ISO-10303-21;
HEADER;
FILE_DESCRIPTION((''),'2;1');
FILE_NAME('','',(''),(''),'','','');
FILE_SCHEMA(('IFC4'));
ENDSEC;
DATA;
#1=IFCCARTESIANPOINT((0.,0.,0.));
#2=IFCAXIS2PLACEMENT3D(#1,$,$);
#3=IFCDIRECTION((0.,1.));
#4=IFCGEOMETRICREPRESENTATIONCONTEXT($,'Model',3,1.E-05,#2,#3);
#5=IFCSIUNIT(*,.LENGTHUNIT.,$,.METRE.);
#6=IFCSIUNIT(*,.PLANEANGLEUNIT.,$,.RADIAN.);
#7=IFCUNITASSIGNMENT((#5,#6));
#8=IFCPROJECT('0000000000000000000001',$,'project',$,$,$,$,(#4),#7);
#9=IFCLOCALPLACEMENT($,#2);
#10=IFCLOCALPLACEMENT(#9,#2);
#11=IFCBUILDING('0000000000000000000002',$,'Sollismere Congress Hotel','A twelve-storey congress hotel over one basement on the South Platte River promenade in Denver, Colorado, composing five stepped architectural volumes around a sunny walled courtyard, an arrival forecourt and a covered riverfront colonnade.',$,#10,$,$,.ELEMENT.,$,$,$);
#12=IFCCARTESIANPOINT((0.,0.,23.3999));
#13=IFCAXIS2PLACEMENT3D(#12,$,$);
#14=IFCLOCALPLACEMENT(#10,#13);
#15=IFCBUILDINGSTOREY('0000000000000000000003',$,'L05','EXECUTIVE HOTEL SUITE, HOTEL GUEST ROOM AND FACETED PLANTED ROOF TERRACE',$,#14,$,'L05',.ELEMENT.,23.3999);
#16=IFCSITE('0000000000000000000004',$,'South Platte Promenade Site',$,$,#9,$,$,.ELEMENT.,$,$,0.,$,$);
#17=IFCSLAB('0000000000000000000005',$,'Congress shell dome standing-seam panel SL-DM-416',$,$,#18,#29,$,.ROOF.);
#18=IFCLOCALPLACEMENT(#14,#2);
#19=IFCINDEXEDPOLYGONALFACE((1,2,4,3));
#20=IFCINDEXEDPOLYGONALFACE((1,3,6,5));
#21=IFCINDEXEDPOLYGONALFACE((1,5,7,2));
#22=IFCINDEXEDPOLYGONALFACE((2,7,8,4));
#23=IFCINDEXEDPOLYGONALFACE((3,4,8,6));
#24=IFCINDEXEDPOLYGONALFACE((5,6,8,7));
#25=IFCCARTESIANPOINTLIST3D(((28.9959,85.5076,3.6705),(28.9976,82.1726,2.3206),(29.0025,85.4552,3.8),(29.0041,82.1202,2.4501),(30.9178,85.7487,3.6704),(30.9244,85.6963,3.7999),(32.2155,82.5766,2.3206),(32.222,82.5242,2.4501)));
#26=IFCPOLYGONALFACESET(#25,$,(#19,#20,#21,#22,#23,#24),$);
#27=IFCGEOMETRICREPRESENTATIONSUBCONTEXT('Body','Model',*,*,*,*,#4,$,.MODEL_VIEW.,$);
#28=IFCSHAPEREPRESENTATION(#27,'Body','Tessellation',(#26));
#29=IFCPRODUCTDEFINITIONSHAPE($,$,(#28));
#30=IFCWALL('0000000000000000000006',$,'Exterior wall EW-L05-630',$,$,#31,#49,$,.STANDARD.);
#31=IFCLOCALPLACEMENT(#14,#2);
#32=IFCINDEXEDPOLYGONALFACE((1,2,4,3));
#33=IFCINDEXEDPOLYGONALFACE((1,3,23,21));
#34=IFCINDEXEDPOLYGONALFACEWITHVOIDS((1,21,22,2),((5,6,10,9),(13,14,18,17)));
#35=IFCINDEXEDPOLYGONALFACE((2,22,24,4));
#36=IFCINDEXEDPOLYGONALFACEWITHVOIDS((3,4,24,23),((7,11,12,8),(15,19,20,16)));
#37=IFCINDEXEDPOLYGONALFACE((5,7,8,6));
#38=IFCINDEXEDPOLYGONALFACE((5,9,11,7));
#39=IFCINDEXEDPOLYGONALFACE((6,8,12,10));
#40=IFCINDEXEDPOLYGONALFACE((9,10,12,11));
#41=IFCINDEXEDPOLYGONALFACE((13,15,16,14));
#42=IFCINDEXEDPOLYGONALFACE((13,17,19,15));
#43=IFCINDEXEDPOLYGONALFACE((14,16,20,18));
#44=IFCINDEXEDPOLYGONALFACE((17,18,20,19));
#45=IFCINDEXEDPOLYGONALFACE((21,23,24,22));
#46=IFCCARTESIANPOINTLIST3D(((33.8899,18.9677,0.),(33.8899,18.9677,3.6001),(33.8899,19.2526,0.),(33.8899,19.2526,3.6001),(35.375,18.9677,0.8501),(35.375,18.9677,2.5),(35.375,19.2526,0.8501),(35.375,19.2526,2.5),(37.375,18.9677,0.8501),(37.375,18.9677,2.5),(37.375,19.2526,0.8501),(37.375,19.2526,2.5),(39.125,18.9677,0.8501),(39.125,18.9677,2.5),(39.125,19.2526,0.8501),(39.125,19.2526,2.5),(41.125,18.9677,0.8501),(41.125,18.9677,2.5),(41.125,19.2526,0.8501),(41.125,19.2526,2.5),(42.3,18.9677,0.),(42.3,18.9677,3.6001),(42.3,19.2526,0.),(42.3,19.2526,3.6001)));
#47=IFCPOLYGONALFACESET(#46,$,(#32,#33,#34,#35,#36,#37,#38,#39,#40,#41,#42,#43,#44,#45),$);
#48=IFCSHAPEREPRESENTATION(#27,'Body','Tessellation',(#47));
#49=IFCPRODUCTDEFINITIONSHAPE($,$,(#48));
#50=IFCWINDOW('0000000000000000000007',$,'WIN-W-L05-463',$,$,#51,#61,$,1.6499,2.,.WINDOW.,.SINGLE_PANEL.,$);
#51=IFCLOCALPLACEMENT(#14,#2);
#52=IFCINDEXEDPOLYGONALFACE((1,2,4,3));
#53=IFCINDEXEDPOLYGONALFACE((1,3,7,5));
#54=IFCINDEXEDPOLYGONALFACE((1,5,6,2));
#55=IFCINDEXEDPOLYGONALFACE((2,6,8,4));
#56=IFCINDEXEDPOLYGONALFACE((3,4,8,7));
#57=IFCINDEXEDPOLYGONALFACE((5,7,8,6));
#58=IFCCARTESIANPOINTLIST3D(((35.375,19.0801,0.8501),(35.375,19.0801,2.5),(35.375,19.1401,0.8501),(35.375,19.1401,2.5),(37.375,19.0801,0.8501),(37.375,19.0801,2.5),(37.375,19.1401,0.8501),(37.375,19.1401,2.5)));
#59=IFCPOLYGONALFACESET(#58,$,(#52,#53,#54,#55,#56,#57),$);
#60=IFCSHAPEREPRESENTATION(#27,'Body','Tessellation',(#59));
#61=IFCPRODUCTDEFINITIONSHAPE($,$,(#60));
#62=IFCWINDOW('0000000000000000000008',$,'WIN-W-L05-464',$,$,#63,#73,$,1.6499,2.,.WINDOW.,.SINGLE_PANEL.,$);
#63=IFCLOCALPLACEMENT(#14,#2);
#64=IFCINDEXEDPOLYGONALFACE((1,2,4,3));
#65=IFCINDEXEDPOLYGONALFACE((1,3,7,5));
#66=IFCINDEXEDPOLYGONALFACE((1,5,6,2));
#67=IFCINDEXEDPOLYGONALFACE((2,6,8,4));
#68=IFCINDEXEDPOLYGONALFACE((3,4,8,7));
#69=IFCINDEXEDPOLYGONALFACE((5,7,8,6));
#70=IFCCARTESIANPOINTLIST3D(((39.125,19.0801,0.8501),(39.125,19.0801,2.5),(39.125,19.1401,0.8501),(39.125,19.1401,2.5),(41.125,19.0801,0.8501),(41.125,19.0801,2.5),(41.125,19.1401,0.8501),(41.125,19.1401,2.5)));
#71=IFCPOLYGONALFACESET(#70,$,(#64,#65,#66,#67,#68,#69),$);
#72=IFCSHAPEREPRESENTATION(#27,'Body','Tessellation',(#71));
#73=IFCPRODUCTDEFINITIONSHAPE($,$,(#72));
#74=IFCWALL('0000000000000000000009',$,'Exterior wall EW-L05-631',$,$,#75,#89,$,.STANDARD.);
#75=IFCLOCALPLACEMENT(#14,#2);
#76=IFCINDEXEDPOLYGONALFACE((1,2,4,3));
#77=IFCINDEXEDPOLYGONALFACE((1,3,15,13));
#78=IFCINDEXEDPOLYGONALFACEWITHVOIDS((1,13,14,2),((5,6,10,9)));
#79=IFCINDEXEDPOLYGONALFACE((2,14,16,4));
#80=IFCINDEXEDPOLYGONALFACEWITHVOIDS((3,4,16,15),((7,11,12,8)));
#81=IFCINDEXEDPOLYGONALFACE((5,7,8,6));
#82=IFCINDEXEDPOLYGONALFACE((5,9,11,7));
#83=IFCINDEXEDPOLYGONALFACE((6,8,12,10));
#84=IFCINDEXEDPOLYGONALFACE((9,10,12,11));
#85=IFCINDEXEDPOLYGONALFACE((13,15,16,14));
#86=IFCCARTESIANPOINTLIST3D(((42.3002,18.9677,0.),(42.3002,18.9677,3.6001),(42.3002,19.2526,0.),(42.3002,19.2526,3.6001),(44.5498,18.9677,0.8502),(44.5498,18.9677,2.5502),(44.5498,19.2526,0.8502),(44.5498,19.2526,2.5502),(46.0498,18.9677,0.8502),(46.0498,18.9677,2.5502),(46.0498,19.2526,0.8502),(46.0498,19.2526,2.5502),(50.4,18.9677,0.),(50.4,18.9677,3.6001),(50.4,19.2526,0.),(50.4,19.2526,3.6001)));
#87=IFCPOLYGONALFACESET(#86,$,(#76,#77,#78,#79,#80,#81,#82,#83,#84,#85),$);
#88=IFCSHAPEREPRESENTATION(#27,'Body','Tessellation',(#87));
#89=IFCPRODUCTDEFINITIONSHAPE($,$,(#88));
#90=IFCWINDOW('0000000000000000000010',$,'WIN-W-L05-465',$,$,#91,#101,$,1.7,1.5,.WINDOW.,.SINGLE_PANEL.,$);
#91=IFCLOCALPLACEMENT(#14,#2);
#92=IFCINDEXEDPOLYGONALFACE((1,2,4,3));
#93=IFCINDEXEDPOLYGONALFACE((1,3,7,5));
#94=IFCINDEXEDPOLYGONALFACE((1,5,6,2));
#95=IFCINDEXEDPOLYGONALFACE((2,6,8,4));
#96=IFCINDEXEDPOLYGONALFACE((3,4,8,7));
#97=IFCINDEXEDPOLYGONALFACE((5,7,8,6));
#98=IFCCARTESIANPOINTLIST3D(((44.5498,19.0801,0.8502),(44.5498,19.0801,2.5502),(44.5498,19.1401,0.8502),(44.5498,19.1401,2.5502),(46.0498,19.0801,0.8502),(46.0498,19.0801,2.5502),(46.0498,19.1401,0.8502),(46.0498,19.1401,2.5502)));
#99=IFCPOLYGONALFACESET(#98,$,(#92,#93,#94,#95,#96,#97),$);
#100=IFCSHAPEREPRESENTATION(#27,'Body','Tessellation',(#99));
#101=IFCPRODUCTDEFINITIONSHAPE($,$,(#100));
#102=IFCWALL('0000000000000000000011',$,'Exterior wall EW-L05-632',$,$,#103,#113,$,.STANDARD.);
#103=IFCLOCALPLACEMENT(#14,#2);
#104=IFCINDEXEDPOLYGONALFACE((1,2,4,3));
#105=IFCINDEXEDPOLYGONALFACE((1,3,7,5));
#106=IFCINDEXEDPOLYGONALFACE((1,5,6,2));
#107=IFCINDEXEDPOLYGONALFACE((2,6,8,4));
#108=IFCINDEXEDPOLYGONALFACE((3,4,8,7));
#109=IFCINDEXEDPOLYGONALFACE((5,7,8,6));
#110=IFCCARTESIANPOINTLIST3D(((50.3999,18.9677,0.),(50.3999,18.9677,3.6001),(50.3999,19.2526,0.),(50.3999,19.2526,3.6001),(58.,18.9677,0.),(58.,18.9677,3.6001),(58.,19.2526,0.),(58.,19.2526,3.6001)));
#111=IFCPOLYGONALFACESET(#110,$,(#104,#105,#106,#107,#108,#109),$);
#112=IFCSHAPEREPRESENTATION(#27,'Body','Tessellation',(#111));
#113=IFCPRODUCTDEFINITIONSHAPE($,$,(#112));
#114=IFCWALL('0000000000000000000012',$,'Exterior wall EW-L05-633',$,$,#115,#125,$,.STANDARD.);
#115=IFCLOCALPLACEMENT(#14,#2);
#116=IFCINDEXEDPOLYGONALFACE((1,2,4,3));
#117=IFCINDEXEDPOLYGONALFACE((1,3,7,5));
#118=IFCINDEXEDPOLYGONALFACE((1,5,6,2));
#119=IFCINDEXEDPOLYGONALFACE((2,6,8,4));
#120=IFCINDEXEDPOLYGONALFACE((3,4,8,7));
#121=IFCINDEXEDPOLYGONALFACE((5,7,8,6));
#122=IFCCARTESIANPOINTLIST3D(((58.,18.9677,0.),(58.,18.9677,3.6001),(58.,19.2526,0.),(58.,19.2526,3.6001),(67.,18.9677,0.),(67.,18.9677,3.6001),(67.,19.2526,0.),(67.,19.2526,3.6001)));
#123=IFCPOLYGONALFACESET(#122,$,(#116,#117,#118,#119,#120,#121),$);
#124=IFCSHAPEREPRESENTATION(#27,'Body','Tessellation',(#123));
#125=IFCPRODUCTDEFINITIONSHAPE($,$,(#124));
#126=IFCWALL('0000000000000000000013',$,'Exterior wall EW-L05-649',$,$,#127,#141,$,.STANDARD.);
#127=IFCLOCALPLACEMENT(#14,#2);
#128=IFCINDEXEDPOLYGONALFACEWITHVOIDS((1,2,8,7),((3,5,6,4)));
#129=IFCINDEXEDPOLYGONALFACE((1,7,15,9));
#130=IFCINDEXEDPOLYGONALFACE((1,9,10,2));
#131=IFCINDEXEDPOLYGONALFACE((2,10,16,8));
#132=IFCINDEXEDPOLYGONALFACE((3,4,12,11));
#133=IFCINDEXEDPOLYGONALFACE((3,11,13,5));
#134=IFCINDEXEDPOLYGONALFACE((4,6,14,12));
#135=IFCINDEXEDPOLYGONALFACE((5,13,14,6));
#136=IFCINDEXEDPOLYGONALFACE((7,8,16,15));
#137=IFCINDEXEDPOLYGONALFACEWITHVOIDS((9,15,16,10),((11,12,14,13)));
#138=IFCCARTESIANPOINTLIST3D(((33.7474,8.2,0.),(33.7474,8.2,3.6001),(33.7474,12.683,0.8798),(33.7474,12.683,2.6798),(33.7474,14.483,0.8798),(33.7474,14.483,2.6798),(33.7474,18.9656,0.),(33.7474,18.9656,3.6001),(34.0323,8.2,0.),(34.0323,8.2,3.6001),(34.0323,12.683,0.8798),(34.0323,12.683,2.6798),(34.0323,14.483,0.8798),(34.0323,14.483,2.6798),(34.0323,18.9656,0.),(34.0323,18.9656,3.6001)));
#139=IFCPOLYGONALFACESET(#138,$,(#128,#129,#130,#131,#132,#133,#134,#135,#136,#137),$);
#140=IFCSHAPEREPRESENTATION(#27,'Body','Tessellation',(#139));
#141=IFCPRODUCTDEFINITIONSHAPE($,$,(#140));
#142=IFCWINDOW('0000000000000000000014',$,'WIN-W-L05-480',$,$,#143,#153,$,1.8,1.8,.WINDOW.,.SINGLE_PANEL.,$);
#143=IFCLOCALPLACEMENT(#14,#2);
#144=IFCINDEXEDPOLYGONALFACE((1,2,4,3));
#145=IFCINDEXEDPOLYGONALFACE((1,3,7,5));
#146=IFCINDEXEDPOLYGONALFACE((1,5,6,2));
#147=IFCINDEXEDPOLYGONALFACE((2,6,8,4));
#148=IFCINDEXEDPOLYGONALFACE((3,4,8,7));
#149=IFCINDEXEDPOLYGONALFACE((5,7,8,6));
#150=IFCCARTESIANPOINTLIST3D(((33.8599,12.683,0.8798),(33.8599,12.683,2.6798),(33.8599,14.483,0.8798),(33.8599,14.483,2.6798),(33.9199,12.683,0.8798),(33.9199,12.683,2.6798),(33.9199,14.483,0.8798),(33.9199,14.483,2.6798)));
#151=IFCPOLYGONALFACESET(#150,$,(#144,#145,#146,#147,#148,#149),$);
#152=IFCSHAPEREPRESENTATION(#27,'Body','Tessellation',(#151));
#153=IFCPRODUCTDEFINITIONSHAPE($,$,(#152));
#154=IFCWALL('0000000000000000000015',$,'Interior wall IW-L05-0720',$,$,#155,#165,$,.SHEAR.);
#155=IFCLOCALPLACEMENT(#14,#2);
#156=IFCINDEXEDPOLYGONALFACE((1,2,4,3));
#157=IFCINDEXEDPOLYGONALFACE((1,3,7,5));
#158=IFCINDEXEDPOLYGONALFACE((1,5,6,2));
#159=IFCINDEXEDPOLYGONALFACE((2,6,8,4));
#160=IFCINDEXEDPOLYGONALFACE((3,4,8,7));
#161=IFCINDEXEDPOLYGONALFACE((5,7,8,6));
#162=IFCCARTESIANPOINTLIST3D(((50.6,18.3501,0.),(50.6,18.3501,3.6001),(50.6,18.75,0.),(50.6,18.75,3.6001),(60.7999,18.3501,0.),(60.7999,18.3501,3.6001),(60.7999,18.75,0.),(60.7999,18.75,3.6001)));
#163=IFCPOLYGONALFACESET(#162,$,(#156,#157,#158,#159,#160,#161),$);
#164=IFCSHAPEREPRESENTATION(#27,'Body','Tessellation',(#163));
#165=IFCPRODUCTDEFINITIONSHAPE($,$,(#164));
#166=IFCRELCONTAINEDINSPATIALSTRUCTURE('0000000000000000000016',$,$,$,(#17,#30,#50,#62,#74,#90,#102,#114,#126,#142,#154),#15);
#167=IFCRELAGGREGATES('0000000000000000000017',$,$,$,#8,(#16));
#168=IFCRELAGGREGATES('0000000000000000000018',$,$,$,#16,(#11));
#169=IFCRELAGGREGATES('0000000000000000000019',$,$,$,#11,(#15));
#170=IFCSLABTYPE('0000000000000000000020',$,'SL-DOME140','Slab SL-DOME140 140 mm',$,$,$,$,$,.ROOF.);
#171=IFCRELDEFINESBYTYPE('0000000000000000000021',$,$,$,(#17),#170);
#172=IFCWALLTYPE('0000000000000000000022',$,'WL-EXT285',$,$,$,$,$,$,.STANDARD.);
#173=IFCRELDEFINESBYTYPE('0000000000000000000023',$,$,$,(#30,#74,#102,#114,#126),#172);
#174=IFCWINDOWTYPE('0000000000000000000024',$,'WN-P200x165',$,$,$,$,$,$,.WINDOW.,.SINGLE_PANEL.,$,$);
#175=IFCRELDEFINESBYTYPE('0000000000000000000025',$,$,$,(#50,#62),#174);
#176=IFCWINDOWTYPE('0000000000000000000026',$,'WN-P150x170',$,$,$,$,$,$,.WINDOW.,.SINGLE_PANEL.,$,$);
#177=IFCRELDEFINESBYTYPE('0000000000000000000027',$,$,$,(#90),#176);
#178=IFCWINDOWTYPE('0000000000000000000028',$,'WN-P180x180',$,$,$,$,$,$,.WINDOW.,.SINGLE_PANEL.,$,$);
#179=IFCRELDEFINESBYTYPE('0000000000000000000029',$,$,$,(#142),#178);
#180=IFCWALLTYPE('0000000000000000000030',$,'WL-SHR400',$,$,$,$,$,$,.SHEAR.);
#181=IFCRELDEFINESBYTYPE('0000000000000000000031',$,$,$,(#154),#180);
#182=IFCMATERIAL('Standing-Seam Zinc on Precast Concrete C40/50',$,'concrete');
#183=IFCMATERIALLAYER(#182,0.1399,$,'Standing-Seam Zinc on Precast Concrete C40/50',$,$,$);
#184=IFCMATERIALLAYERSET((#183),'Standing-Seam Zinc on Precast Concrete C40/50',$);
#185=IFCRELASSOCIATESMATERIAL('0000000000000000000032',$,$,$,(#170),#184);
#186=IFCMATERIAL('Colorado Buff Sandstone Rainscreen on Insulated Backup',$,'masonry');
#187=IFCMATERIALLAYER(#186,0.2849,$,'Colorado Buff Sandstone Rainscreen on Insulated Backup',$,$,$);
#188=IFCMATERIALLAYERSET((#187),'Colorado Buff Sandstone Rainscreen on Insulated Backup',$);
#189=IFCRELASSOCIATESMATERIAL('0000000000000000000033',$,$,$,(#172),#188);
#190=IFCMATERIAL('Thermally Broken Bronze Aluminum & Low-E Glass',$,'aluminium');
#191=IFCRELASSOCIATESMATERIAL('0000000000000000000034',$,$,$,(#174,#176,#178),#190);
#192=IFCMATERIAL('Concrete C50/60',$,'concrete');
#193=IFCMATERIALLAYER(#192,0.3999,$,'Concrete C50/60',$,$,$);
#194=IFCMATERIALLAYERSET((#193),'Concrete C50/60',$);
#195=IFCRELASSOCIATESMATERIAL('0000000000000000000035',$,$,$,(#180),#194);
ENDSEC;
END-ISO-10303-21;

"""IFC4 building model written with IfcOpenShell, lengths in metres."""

from ifc_helpers import new_model, si_unit, direction, frame, frame_2d, origin, place, context, subcontext, project, spatial, polyline, rectangle, outline, extrude, material, layer, layer_set, type_object, element, fill, save


model = new_model("IFC4")

# Units and contexts
model_context = context("Model", 3, precision=1e-05, world=origin(), true_north=direction((0.0, 1.0)))
body_context = subcontext(model_context, "Body", "Model", "MODEL_VIEW")
ifc_project = project(units=[si_unit("LENGTHUNIT", "METRE"), si_unit("PLANEANGLEUNIT", "RADIAN")], contexts=[model_context])

# Site, building, storey
site_placement = place(None, origin())
site = spatial("IfcSite", under=ifc_project, at=site_placement, Name="South Platte Promenade Site", CompositionType="ELEMENT", RefElevation=0.0)
building_placement = place(site_placement, origin())
building = spatial("IfcBuilding", under=site, at=building_placement, Name="Sollismere Congress Hotel", Description="A twelve-storey congress hotel over one basement on the South Platte River promenade in Denver, Colorado, composing five stepped architectural volumes around a sunny walled courtyard, an arrival forecourt and a covered riverfront colonnade.", CompositionType="ELEMENT")
storey_placement = place(building_placement, frame((0.0, 0.0, 23.3999)))
storey = spatial("IfcBuildingStorey", under=building, at=storey_placement, Name="L05", Description="EXECUTIVE HOTEL SUITE, HOTEL GUEST ROOM AND FACETED PLANTED ROOF TERRACE", LongName="L05", CompositionType="ELEMENT", Elevation=23.3999)

# Slab
ifc_material_1 = material(Name="Standing-Seam Zinc on Precast Concrete C40/50", Category="concrete")
ifc_layer_1 = layer(ifc_material_1, 0.1399, Name="Standing-Seam Zinc on Precast Concrete C40/50")
ifc_layer_set_1 = layer_set([ifc_layer_1], Name="Standing-Seam Zinc on Precast Concrete C40/50")
slab_type = type_object("IfcSlabType", Name="SL-DOME140", Description="Slab SL-DOME140 140 mm", PredefinedType="ROOF", material=ifc_layer_set_1)
slab_1_placement = place(storey_placement, frame((28.9976, 82.1726, 2.3206), z_axis=(0.047047, -0.37476, 0.925927), x_axis=(0.99221, 0.124579, 0.000007)))
element("IfcSlab", 1, at=slab_1_placement, inside=storey, type_object=slab_type, Name="Congress shell dome standing-seam panel SL-DM-416", PredefinedType="ROOF", context=body_context, shape_type="SweptSolid", body=[
    extrude(outline(polyline([(0.0, 0.0), (3.2432, 0.0), (2.3508, 3.5737), (0.4138, 3.574), (0.0, 0.0)])), origin(), (0.0, 0.0, 1.0), 0.1399),
])

# Wall, openings, windows
ifc_material_2 = material(Name="Colorado Buff Sandstone Rainscreen on Insulated Backup", Category="masonry")
ifc_layer_2 = layer(ifc_material_2, 0.2849, Name="Colorado Buff Sandstone Rainscreen on Insulated Backup")
ifc_layer_set_2 = layer_set([ifc_layer_2], Name="Colorado Buff Sandstone Rainscreen on Insulated Backup")
wall_type_1 = type_object("IfcWallType", Name="WL-EXT285", PredefinedType="STANDARD", material=ifc_layer_set_2)
wall_1_placement = place(storey_placement, frame((42.3, 19.1101, 0.0), z_axis=(0.0, 0.0, 1.0), x_axis=(-1.0, 0.0, 0.0)))
wall_1 = element("IfcWall", 2, at=wall_1_placement, inside=storey, type_object=wall_type_1, Name="Exterior wall EW-L05-630", PredefinedType="STANDARD", context=body_context, shape_type="SweptSolid", body=[
    extrude(rectangle(XDim=8.4102, YDim=0.2849, at=frame_2d((4.2051, 0.0))), origin(), (0.0, 0.0, 1.0), 3.6001),
])
opening_1_placement = place(wall_1_placement, frame((4.925, 0.0, 0.8501)))
opening_1 = element("IfcOpeningElement", 3, at=opening_1_placement, cuts=wall_1, PredefinedType="OPENING", context=body_context, shape_type="SweptSolid", body=[
    extrude(rectangle(XDim=2.0, YDim=1.6499, at=frame_2d((1.0, 0.825))), frame((0.0, 0.1523, 0.0), z_axis=(0.0, -1.0, 0.0), x_axis=(1.0, 0.0, 0.0)), (0.0, 0.0, 1.0), 0.3049),
])
opening_2_placement = place(wall_1_placement, frame((1.175, 0.0, 0.8501)))
opening_2 = element("IfcOpeningElement", 4, at=opening_2_placement, cuts=wall_1, PredefinedType="OPENING", context=body_context, shape_type="SweptSolid", body=[
    extrude(rectangle(XDim=2.0, YDim=1.6499, at=frame_2d((1.0, 0.825))), frame((0.0, 0.1523, 0.0), z_axis=(0.0, -1.0, 0.0), x_axis=(1.0, 0.0, 0.0)), (0.0, 0.0, 1.0), 0.3049),
])
ifc_material_3 = material(Name="Thermally Broken Bronze Aluminum & Low-E Glass", Category="aluminium")
window_type_1 = type_object("IfcWindowType", Name="WN-P200x165", PartitioningType="SINGLE_PANEL", PredefinedType="WINDOW", material=ifc_material_3)
window_1_placement = place(opening_1_placement, origin())
window_1 = element("IfcWindow", 5, at=window_1_placement, inside=storey, type_object=window_type_1, Name="WIN-W-L05-463", OverallHeight=1.6499, OverallWidth=2.0, PartitioningType="SINGLE_PANEL", PredefinedType="WINDOW", context=body_context, shape_type="SweptSolid", body=[
    extrude(rectangle(XDim=2.0, YDim=1.6499, at=frame_2d((1.0, 0.825))), frame((0.0, 0.03, 0.0), z_axis=(0.0, -1.0, 0.0), x_axis=(1.0, 0.0, 0.0)), (0.0, 0.0, 1.0), 0.0601),
])
fill(opening_1, window_1)
window_2_placement = place(opening_2_placement, origin())
window_2 = element("IfcWindow", 6, at=window_2_placement, inside=storey, type_object=window_type_1, Name="WIN-W-L05-464", OverallHeight=1.6499, OverallWidth=2.0, PartitioningType="SINGLE_PANEL", PredefinedType="WINDOW", context=body_context, shape_type="SweptSolid", body=[
    extrude(rectangle(XDim=2.0, YDim=1.6499, at=frame_2d((1.0, 0.825))), frame((0.0, 0.03, 0.0), z_axis=(0.0, -1.0, 0.0), x_axis=(1.0, 0.0, 0.0)), (0.0, 0.0, 1.0), 0.0601),
])
fill(opening_2, window_2)

# Wall, opening, window
wall_2_placement = place(storey_placement, frame((50.3999, 19.1101, 0.0), z_axis=(0.0, 0.0, 1.0), x_axis=(-1.0, 0.0, 0.0)))
wall_2 = element("IfcWall", 7, at=wall_2_placement, inside=storey, type_object=wall_type_1, Name="Exterior wall EW-L05-631", PredefinedType="STANDARD", context=body_context, shape_type="SweptSolid", body=[
    extrude(rectangle(XDim=8.0999, YDim=0.2849, at=frame_2d((4.0498, 0.0))), origin(), (0.0, 0.0, 1.0), 3.6001),
])
opening_3_placement = place(wall_2_placement, frame((4.3501, 0.0, 0.8501)))
opening_3 = element("IfcOpeningElement", 8, at=opening_3_placement, cuts=wall_2, PredefinedType="OPENING", context=body_context, shape_type="SweptSolid", body=[
    extrude(rectangle(XDim=1.5, YDim=1.7, at=frame_2d((0.75, 0.8501))), frame((0.0, 0.1523, 0.0), z_axis=(0.0, -1.0, 0.0), x_axis=(1.0, 0.0, 0.0)), (0.0, 0.0, 1.0), 0.3049),
])
window_type_2 = type_object("IfcWindowType", Name="WN-P150x170", PartitioningType="SINGLE_PANEL", PredefinedType="WINDOW", material=ifc_material_3)
window_3_placement = place(opening_3_placement, origin())
window_3 = element("IfcWindow", 9, at=window_3_placement, inside=storey, type_object=window_type_2, Name="WIN-W-L05-465", OverallHeight=1.7, OverallWidth=1.5, PartitioningType="SINGLE_PANEL", PredefinedType="WINDOW", context=body_context, shape_type="SweptSolid", body=[
    extrude(rectangle(XDim=1.5, YDim=1.7, at=frame_2d((0.75, 0.8501))), frame((0.0, 0.03, 0.0), z_axis=(0.0, -1.0, 0.0), x_axis=(1.0, 0.0, 0.0)), (0.0, 0.0, 1.0), 0.0601),
])
fill(opening_3, window_3)

# Walls
wall_3_placement = place(storey_placement, frame((58.0, 19.1101, 0.0), z_axis=(0.0, 0.0, 1.0), x_axis=(-1.0, 0.0, 0.0)))
element("IfcWall", 10, at=wall_3_placement, inside=storey, type_object=wall_type_1, Name="Exterior wall EW-L05-632", PredefinedType="STANDARD", context=body_context, shape_type="SweptSolid", body=[
    extrude(rectangle(XDim=7.6001, YDim=0.2849, at=frame_2d((3.8, 0.0))), origin(), (0.0, 0.0, 1.0), 3.6001),
])
wall_4_placement = place(storey_placement, frame((67.0, 19.1101, 0.0), z_axis=(0.0, 0.0, 1.0), x_axis=(-1.0, 0.0, 0.0)))
element("IfcWall", 11, at=wall_4_placement, inside=storey, type_object=wall_type_1, Name="Exterior wall EW-L05-633", PredefinedType="STANDARD", context=body_context, shape_type="SweptSolid", body=[
    extrude(rectangle(XDim=9.0, YDim=0.2849, at=frame_2d((4.5, 0.0))), origin(), (0.0, 0.0, 1.0), 3.6001),
])

# Wall, opening, window
wall_5_placement = place(storey_placement, frame((33.8899, 18.9656, 0.0), z_axis=(0.0, 0.0, 1.0), x_axis=(0.0, -1.0, 0.0)))
wall_5 = element("IfcWall", 12, at=wall_5_placement, inside=storey, type_object=wall_type_1, Name="Exterior wall EW-L05-649", PredefinedType="STANDARD", context=body_context, shape_type="SweptSolid", body=[
    extrude(rectangle(XDim=10.7656, YDim=0.2849, at=frame_2d((5.3828, 0.0))), origin(), (0.0, 0.0, 1.0), 3.6001),
])
opening_4_placement = place(wall_5_placement, frame((4.4827, 0.0, 0.8799)))
opening_4 = element("IfcOpeningElement", 13, at=opening_4_placement, cuts=wall_5, PredefinedType="OPENING", context=body_context, shape_type="SweptSolid", body=[
    extrude(rectangle(XDim=1.8, YDim=1.8, at=frame_2d((0.8999, 0.8999))), frame((0.0, 0.1523, 0.0), z_axis=(0.0, -1.0, 0.0), x_axis=(1.0, 0.0, 0.0)), (0.0, 0.0, 1.0), 0.3049),
])
window_type_3 = type_object("IfcWindowType", Name="WN-P180x180", PartitioningType="SINGLE_PANEL", PredefinedType="WINDOW", material=ifc_material_3)
window_4_placement = place(opening_4_placement, origin())
window_4 = element("IfcWindow", 14, at=window_4_placement, inside=storey, type_object=window_type_3, Name="WIN-W-L05-480", OverallHeight=1.8, OverallWidth=1.8, PartitioningType="SINGLE_PANEL", PredefinedType="WINDOW", context=body_context, shape_type="SweptSolid", body=[
    extrude(rectangle(XDim=1.8, YDim=1.8, at=frame_2d((0.8999, 0.8999))), frame((0.0, 0.03, 0.0), z_axis=(0.0, -1.0, 0.0), x_axis=(1.0, 0.0, 0.0)), (0.0, 0.0, 1.0), 0.0601),
])
fill(opening_4, window_4)

# Wall
ifc_material_4 = material(Name="Concrete C50/60", Category="concrete")
ifc_layer_3 = layer(ifc_material_4, 0.3999, Name="Concrete C50/60")
ifc_layer_set_3 = layer_set([ifc_layer_3], Name="Concrete C50/60")
wall_type_2 = type_object("IfcWallType", Name="WL-SHR400", PredefinedType="SHEAR", material=ifc_layer_set_3)
wall_6_placement = place(storey_placement, frame((60.8, 18.55, 0.0), z_axis=(0.0, 0.0, 1.0), x_axis=(-1.0, 0.0, 0.0)))
element("IfcWall", 15, at=wall_6_placement, inside=storey, type_object=wall_type_2, Name="Interior wall IW-L05-0720", PredefinedType="SHEAR", context=body_context, shape_type="SweptSolid", body=[
    extrude(rectangle(XDim=10.2, YDim=0.3999, at=frame_2d((5.1001, 0.0))), origin(), (0.0, 0.0, 1.0), 3.6001),
])

save(model, "model.ifc")
